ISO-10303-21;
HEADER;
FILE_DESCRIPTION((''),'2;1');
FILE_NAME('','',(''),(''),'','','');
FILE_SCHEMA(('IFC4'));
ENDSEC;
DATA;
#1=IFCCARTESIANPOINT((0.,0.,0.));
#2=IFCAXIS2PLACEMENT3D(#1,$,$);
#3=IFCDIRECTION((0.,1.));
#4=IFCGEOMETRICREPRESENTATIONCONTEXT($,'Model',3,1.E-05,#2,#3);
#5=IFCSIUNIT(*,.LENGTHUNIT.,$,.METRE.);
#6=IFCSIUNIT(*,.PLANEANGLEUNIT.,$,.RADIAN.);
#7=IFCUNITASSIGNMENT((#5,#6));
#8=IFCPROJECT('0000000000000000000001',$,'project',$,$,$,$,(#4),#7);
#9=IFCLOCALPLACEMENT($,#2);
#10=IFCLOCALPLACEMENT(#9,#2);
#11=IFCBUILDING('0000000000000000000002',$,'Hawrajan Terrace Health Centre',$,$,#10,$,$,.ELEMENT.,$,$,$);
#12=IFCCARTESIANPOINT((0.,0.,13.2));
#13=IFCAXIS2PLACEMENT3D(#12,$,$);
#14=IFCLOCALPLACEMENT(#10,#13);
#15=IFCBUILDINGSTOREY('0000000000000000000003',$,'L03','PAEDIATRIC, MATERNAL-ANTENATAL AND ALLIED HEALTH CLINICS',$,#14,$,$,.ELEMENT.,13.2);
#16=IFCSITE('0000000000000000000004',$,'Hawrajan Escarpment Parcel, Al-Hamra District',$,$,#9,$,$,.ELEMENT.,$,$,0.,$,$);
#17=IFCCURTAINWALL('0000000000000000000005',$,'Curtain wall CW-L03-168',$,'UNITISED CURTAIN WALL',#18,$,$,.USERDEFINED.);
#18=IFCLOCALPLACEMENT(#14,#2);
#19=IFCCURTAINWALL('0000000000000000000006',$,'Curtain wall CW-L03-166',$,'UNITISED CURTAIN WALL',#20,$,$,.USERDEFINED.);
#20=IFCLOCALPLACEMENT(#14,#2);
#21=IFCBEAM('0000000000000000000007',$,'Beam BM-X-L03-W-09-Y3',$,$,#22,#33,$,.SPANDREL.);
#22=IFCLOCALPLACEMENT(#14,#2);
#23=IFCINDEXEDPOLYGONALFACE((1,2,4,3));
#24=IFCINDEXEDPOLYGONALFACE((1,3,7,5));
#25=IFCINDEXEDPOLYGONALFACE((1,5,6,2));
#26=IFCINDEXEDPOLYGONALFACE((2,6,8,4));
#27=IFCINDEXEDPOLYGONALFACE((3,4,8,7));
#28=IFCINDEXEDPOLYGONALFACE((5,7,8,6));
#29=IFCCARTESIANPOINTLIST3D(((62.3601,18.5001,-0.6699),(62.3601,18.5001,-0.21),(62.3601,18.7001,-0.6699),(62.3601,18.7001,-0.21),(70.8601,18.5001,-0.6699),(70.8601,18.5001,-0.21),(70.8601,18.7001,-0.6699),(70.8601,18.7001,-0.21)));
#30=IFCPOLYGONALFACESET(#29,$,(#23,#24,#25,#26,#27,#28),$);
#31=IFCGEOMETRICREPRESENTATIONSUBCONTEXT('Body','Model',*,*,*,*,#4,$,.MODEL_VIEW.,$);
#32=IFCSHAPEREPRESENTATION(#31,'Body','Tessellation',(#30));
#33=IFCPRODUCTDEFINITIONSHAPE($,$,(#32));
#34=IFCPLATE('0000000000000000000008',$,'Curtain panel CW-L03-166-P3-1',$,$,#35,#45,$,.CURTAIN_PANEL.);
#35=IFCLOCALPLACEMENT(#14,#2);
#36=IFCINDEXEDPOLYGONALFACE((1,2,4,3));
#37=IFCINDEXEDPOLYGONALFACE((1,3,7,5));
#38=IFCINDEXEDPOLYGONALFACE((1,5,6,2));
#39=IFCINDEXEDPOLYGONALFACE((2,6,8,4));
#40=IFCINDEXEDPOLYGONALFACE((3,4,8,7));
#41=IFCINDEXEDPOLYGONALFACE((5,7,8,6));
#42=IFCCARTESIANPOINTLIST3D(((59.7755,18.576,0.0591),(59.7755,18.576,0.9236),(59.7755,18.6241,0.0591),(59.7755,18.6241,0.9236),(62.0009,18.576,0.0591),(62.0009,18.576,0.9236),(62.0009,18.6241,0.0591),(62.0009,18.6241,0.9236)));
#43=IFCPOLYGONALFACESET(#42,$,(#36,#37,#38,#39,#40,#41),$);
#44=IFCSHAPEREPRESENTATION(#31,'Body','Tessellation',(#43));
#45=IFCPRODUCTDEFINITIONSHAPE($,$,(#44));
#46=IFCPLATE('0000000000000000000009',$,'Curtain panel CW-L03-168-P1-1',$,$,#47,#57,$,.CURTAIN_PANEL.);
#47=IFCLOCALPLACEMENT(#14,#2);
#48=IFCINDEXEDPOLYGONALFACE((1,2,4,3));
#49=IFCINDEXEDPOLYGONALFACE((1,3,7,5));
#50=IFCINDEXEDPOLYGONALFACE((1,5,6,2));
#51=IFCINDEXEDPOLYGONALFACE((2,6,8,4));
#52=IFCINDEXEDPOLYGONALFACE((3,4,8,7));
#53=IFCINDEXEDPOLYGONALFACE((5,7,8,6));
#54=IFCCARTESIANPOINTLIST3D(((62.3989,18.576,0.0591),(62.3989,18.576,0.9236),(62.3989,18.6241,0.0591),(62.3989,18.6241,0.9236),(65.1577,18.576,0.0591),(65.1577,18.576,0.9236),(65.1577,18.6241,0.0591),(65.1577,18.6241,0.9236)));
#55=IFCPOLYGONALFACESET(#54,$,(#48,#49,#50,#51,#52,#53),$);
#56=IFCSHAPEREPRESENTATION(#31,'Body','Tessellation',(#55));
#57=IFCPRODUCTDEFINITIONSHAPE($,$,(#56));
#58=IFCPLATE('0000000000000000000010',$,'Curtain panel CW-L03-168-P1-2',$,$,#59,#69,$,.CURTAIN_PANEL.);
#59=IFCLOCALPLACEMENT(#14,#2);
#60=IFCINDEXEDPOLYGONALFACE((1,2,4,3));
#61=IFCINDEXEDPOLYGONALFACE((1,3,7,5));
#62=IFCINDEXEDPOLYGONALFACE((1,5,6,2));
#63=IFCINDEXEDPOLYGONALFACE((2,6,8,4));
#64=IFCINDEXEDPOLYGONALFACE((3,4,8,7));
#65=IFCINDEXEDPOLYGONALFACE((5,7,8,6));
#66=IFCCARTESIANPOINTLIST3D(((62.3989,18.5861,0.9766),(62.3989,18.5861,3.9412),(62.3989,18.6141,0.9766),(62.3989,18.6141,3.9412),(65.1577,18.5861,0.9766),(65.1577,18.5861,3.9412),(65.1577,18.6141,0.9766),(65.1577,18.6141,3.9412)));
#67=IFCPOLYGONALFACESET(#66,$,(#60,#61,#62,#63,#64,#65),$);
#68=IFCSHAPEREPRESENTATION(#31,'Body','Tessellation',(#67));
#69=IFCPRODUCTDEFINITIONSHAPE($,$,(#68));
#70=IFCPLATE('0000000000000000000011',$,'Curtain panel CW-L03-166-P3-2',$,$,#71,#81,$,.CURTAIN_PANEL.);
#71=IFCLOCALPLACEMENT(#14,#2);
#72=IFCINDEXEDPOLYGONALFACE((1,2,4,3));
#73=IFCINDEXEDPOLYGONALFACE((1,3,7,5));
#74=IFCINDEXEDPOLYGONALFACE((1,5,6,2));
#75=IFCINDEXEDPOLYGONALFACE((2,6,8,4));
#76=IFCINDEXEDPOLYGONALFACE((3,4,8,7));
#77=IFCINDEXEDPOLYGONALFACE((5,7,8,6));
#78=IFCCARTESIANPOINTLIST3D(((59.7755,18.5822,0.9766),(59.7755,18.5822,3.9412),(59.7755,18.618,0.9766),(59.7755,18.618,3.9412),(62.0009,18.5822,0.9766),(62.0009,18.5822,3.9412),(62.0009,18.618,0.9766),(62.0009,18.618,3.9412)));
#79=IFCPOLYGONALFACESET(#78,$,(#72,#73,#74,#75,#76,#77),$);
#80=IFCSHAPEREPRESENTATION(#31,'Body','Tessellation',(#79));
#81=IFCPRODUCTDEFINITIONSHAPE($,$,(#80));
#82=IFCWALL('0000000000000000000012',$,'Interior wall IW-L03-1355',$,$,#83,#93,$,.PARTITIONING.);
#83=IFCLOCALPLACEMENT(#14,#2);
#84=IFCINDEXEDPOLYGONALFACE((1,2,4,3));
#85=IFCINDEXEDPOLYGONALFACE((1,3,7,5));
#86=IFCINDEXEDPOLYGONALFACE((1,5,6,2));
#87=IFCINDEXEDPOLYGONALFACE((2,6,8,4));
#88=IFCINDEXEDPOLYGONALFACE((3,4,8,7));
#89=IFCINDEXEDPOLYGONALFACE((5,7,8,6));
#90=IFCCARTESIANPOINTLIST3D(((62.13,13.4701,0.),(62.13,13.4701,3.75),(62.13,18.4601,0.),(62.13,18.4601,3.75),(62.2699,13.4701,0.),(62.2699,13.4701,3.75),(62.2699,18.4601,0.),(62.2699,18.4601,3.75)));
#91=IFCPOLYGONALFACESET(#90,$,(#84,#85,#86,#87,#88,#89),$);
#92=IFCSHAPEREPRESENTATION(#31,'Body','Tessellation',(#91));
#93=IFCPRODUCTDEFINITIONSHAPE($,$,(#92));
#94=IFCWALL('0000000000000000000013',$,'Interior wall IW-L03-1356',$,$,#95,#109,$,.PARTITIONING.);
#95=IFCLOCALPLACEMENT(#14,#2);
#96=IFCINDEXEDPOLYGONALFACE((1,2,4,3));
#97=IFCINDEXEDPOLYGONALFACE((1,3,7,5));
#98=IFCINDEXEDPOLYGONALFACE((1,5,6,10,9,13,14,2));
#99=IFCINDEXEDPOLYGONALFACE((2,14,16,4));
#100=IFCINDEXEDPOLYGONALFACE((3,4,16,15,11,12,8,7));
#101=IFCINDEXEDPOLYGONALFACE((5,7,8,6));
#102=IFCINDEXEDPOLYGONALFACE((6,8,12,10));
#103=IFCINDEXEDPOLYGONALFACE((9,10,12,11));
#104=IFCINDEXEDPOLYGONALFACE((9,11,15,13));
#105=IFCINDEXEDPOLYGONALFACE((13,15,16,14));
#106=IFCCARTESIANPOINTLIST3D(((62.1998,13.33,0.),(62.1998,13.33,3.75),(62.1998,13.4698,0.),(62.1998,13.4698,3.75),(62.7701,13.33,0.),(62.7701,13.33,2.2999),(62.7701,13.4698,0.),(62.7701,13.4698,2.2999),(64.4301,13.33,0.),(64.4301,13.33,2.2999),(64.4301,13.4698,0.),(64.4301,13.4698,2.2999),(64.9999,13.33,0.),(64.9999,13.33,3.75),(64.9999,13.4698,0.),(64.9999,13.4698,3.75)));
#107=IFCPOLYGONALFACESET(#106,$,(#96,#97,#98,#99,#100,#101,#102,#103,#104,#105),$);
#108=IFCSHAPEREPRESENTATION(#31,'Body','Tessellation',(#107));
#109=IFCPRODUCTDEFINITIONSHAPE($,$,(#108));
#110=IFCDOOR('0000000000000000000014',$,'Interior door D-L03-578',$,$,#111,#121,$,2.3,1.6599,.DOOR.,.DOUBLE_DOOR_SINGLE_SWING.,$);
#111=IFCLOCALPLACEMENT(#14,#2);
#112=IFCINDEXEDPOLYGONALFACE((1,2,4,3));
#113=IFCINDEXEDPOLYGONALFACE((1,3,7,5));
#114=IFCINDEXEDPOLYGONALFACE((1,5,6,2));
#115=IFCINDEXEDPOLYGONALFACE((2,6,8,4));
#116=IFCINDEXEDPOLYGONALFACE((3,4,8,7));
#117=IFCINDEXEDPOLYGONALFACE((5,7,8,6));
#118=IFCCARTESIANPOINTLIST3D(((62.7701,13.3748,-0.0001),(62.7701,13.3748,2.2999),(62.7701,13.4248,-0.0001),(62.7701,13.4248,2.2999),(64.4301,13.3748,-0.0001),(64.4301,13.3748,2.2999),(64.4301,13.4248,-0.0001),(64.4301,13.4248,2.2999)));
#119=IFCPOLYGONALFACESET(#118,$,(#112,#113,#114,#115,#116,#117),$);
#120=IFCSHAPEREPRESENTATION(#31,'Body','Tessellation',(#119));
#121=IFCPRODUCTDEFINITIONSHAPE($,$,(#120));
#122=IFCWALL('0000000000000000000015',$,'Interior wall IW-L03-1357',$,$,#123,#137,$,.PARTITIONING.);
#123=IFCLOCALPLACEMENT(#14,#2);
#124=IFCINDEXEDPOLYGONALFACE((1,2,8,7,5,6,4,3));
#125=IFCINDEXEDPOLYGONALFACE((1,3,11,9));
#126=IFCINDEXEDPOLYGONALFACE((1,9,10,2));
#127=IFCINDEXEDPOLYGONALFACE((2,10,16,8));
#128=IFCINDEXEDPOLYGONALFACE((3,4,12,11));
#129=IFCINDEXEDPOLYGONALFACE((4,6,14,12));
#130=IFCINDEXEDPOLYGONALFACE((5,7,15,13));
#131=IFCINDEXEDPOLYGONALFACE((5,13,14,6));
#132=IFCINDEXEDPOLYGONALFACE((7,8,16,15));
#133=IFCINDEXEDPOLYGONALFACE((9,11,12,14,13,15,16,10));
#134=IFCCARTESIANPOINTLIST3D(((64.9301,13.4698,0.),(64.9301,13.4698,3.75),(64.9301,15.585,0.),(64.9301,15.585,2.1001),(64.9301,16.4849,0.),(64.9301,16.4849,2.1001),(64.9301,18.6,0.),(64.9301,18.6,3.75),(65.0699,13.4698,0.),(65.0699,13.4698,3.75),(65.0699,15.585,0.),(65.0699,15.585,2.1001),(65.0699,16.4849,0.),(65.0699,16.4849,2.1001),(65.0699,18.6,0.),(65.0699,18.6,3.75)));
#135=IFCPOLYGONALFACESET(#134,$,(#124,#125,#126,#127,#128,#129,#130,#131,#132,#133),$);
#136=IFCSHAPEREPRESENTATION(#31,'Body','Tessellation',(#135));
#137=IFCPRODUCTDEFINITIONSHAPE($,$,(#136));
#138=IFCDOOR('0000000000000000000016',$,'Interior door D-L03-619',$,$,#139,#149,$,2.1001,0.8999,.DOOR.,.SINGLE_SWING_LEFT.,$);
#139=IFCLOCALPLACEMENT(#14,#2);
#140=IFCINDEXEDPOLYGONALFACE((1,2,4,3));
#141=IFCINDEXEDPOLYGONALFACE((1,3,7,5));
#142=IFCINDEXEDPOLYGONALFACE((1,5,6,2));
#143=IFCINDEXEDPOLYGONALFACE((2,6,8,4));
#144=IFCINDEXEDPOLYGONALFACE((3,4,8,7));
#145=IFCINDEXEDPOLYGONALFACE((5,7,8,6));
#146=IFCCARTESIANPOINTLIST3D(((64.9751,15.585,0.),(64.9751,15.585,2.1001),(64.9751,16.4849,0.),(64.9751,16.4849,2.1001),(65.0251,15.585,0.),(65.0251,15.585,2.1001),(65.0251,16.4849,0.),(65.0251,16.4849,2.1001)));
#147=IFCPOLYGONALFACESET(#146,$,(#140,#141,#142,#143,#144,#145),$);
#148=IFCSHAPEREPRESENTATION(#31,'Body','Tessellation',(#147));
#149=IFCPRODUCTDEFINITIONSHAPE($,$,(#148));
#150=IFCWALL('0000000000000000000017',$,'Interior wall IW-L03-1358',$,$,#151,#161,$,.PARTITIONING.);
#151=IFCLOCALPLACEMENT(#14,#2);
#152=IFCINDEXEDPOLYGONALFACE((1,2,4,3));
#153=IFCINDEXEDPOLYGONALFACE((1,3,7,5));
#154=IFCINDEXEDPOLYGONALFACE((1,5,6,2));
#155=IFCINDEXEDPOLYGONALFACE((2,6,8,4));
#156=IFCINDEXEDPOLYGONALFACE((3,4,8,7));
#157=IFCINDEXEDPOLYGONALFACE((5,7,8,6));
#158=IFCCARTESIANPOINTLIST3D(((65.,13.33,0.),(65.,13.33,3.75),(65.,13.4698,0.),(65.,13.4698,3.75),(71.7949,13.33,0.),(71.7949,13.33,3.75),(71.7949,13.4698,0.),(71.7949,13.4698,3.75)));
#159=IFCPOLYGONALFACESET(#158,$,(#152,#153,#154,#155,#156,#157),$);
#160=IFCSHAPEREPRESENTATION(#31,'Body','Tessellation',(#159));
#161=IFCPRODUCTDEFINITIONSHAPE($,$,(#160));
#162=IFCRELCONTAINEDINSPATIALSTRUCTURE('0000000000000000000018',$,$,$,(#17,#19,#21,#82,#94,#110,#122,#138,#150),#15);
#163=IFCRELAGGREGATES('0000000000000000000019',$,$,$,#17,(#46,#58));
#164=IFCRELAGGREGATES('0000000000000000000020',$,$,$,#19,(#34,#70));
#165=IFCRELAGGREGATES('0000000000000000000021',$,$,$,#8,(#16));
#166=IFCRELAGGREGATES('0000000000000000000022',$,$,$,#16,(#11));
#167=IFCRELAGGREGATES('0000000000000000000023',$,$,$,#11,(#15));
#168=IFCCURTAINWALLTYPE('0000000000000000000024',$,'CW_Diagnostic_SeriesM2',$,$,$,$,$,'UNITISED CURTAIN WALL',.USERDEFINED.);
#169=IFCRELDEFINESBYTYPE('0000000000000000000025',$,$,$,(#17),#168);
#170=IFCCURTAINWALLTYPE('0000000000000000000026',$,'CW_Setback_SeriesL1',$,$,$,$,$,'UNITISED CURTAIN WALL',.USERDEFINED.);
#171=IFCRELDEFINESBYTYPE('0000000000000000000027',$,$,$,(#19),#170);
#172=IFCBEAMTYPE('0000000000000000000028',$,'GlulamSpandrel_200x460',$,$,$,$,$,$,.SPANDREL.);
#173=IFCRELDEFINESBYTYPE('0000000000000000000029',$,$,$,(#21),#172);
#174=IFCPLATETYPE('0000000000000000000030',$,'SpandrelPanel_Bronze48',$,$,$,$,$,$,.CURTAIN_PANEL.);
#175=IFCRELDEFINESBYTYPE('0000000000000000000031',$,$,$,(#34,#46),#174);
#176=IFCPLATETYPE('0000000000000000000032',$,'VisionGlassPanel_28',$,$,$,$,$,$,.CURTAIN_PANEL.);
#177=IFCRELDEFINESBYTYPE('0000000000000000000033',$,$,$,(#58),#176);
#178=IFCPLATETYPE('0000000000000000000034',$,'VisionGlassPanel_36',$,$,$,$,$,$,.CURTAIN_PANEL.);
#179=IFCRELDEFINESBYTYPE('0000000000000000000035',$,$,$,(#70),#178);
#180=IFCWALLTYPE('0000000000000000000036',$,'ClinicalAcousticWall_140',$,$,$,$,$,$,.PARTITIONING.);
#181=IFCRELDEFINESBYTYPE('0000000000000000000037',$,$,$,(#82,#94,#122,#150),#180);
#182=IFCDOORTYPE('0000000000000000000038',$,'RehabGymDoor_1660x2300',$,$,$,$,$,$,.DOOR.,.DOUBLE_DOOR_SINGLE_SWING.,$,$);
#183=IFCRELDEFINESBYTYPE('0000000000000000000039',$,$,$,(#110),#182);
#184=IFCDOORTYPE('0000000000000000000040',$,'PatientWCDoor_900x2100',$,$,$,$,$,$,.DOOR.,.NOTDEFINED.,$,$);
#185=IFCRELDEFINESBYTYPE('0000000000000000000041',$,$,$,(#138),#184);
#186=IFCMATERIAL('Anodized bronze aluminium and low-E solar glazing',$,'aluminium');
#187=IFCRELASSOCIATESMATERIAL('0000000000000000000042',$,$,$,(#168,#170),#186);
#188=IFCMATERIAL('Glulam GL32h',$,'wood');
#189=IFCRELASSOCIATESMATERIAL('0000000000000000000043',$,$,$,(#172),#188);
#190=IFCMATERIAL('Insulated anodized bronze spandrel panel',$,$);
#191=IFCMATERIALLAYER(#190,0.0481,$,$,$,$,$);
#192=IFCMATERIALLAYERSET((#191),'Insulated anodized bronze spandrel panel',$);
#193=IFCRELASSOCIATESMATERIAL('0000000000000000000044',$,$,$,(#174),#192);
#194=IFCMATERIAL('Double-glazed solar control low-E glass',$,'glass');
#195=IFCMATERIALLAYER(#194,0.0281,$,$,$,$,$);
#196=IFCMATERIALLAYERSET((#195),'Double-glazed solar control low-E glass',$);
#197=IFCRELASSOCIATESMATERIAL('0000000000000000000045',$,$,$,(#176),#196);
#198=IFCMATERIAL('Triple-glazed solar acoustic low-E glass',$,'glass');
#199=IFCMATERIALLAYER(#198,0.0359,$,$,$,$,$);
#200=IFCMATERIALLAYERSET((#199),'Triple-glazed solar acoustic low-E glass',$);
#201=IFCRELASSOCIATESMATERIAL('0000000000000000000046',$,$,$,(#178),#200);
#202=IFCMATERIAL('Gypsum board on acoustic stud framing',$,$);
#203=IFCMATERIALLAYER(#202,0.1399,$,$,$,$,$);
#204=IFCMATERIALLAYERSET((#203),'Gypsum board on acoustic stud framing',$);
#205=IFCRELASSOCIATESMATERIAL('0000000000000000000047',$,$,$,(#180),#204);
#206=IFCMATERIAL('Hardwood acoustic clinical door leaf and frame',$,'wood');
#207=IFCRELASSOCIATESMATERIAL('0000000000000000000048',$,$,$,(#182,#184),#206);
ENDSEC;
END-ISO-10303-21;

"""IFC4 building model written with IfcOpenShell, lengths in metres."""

from ifc_helpers import new_model, si_unit, direction, frame, frame_2d, origin, origin_2d, place, context, subcontext, project, spatial, rectangle, extrude, material, layer, layer_set, material_profile, profile_set, type_object, element, fill, aggregate, save


model = new_model("IFC4")

# Units and contexts
model_context = context("Model", 3, precision=1e-05, world=origin(), true_north=direction((0.0, 1.0)))
body_context = subcontext(model_context, "Body", "Model", "MODEL_VIEW")
ifc_project = project(units=[si_unit("LENGTHUNIT", "METRE"), si_unit("PLANEANGLEUNIT", "RADIAN")], contexts=[model_context])

# Site, building, storey
site_placement = place(None, origin())
site = spatial("IfcSite", under=ifc_project, at=site_placement, Name="Hawrajan Escarpment Parcel, Al-Hamra District", CompositionType="ELEMENT", RefElevation=0.0)
building_placement = place(site_placement, origin())
building = spatial("IfcBuilding", under=site, at=building_placement, Name="Hawrajan Terrace Health Centre", CompositionType="ELEMENT")
storey_placement = place(building_placement, frame((0.0, 0.0, 13.2)))
storey = spatial("IfcBuildingStorey", under=building, at=storey_placement, Name="L03", Description="PAEDIATRIC, MATERNAL-ANTENATAL AND ALLIED HEALTH CLINICS", CompositionType="ELEMENT", Elevation=13.2)

# Shared definitions
ifc_material_1 = material(Name="Glulam GL32h", Category="wood")

# Curtain wall
ifc_material_2 = material(Name="Anodized bronze aluminium and low-E solar glazing", Category="aluminium")
curtain_wall_type_1 = type_object("IfcCurtainWallType", Name="CW_Diagnostic_SeriesM2", ElementType="UNITISED CURTAIN WALL", PredefinedType="USERDEFINED", material=ifc_material_2)
curtain_wall_1_placement = place(storey_placement, origin())
curtain_wall_1 = element("IfcCurtainWall", 1, at=curtain_wall_1_placement, inside=storey, type_object=curtain_wall_type_1, Name="Curtain wall CW-L03-168", ObjectType="UNITISED CURTAIN WALL", PredefinedType="USERDEFINED")

# Curtain wall
curtain_wall_type_2 = type_object("IfcCurtainWallType", Name="CW_Setback_SeriesL1", ElementType="UNITISED CURTAIN WALL", PredefinedType="USERDEFINED", material=ifc_material_2)
curtain_wall_2_placement = place(storey_placement, origin())
curtain_wall_2 = element("IfcCurtainWall", 2, at=curtain_wall_2_placement, inside=storey, type_object=curtain_wall_type_2, Name="Curtain wall CW-L03-166", ObjectType="UNITISED CURTAIN WALL", PredefinedType="USERDEFINED")

# Beam
ifc_material_profile_1 = material_profile(ifc_material_1, rectangle(XDim=0.2, YDim=0.46, at=origin_2d()), Name="GL SP 200x460")
ifc_profile_set_1 = profile_set([ifc_material_profile_1], Name="Glulam GL32h")
beam_type_1 = type_object("IfcBeamType", Name="GlulamSpandrel_200x460", PredefinedType="SPANDREL", material=ifc_profile_set_1)
beam_1_placement = place(storey_placement, frame((62.3601, 18.6001, -0.4399), z_axis=(1.0, 0.0, 0.0), x_axis=(0.0, 1.0, 0.0)))
element("IfcBeam", 3, at=beam_1_placement, inside=storey, type_object=beam_type_1, Name="Beam BM-X-L03-W-09-Y3", PredefinedType="SPANDREL", context=body_context, shape_type="SweptSolid", body=[
    extrude(rectangle(XDim=0.2, YDim=0.46, at=origin_2d()), origin(), (0.0, 0.0, 1.0), 8.5),
])

# Plates
ifc_material_3 = material(Name="Insulated anodized bronze spandrel panel")
ifc_layer_1 = layer(ifc_material_3, 0.0481)
ifc_layer_set_1 = layer_set([ifc_layer_1], Name="Insulated anodized bronze spandrel panel")
plate_type_1 = type_object("IfcPlateType", Name="SpandrelPanel_Bronze48", PredefinedType="CURTAIN_PANEL", material=ifc_layer_set_1)
plate_1_placement = place(storey_placement, frame((60.8882, 18.6001, 0.0591), z_axis=(0.0, 0.0, 1.0), x_axis=(1.0, 0.0, 0.0)))
plate_1 = element("IfcPlate", 4, at=plate_1_placement, type_object=plate_type_1, Name="Curtain panel CW-L03-166-P3-1", PredefinedType="CURTAIN_PANEL", context=body_context, shape_type="SweptSolid", body=[
    extrude(rectangle(XDim=2.2253, YDim=0.0481, at=origin_2d()), origin(), (0.0, 0.0, 1.0), 0.8645),
])
plate_2_placement = place(storey_placement, frame((63.7783, 18.6001, 0.0591), z_axis=(0.0, 0.0, 1.0), x_axis=(1.0, 0.0, 0.0)))
plate_2 = element("IfcPlate", 5, at=plate_2_placement, type_object=plate_type_1, Name="Curtain panel CW-L03-168-P1-1", PredefinedType="CURTAIN_PANEL", context=body_context, shape_type="SweptSolid", body=[
    extrude(rectangle(XDim=2.7588, YDim=0.0481, at=origin_2d()), origin(), (0.0, 0.0, 1.0), 0.8645),
])
ifc_material_4 = material(Name="Double-glazed solar control low-E glass", Category="glass")
ifc_layer_2 = layer(ifc_material_4, 0.0281)
ifc_layer_set_2 = layer_set([ifc_layer_2], Name="Double-glazed solar control low-E glass")
plate_type_2 = type_object("IfcPlateType", Name="VisionGlassPanel_28", PredefinedType="CURTAIN_PANEL", material=ifc_layer_set_2)
plate_3_placement = place(storey_placement, frame((63.7783, 18.6001, 0.9766), z_axis=(0.0, 0.0, 1.0), x_axis=(1.0, 0.0, 0.0)))
plate_3 = element("IfcPlate", 6, at=plate_3_placement, type_object=plate_type_2, Name="Curtain panel CW-L03-168-P1-2", PredefinedType="CURTAIN_PANEL", context=body_context, shape_type="SweptSolid", body=[
    extrude(rectangle(XDim=2.7588, YDim=0.0281, at=origin_2d()), origin(), (0.0, 0.0, 1.0), 2.9646),
])
aggregate(curtain_wall_1, [plate_2, plate_3])
ifc_material_5 = material(Name="Triple-glazed solar acoustic low-E glass", Category="glass")
ifc_layer_3 = layer(ifc_material_5, 0.0359)
ifc_layer_set_3 = layer_set([ifc_layer_3], Name="Triple-glazed solar acoustic low-E glass")
plate_type_3 = type_object("IfcPlateType", Name="VisionGlassPanel_36", PredefinedType="CURTAIN_PANEL", material=ifc_layer_set_3)
plate_4_placement = place(storey_placement, frame((60.8882, 18.6001, 0.9766), z_axis=(0.0, 0.0, 1.0), x_axis=(1.0, 0.0, 0.0)))
plate_4 = element("IfcPlate", 7, at=plate_4_placement, type_object=plate_type_3, Name="Curtain panel CW-L03-166-P3-2", PredefinedType="CURTAIN_PANEL", context=body_context, shape_type="SweptSolid", body=[
    extrude(rectangle(XDim=2.2253, YDim=0.0359, at=origin_2d()), origin(), (0.0, 0.0, 1.0), 2.9646),
])
aggregate(curtain_wall_2, [plate_1, plate_4])

# Wall
ifc_material_6 = material(Name="Gypsum board on acoustic stud framing")
ifc_layer_4 = layer(ifc_material_6, 0.1399)
ifc_layer_set_4 = layer_set([ifc_layer_4], Name="Gypsum board on acoustic stud framing")
wall_type = type_object("IfcWallType", Name="ClinicalAcousticWall_140", PredefinedType="PARTITIONING", material=ifc_layer_set_4)
wall_1_placement = place(storey_placement, frame((62.2, 13.47, 0.0), z_axis=(0.0, 0.0, 1.0), x_axis=(0.0, 1.0, 0.0)))
element("IfcWall", 8, at=wall_1_placement, inside=storey, type_object=wall_type, Name="Interior wall IW-L03-1355", PredefinedType="PARTITIONING", context=body_context, shape_type="SweptSolid", body=[
    extrude(rectangle(XDim=4.99, YDim=0.1399, at=frame_2d((2.4951, 0.0))), origin(), (0.0, 0.0, 1.0), 3.75),
])

# Walls, openings, doors
wall_2_placement = place(storey_placement, frame((62.2, 13.3999, 0.0), z_axis=(0.0, 0.0, 1.0), x_axis=(1.0, 0.0, 0.0)))
wall_2 = element("IfcWall", 9, at=wall_2_placement, inside=storey, type_object=wall_type, Name="Interior wall IW-L03-1356", PredefinedType="PARTITIONING", context=body_context, shape_type="SweptSolid", body=[
    extrude(rectangle(XDim=2.8, YDim=0.1399, at=frame_2d((1.3999, 0.0))), origin(), (0.0, 0.0, 1.0), 3.75),
])
opening_1_placement = place(wall_2_placement, frame((0.5701, 0.0, 0.0)))
opening_1 = element("IfcOpeningElement", 10, at=opening_1_placement, cuts=wall_2, PredefinedType="OPENING", context=body_context, shape_type="SweptSolid", body=[
    extrude(rectangle(XDim=1.6599, YDim=2.3, at=frame_2d((0.8301, 1.1499))), frame((0.0, 0.0798, 0.0), z_axis=(0.0, -1.0, 0.0), x_axis=(1.0, 0.0, 0.0)), (0.0, 0.0, 1.0), 0.1599),
])
ifc_material_7 = material(Name="Hardwood acoustic clinical door leaf and frame", Category="wood")
door_type_1 = type_object("IfcDoorType", Name="RehabGymDoor_1660x2300", OperationType="DOUBLE_DOOR_SINGLE_SWING", PredefinedType="DOOR", material=ifc_material_7)
door_1_placement = place(opening_1_placement, origin())
door_1 = element("IfcDoor", 11, at=door_1_placement, inside=storey, type_object=door_type_1, Name="Interior door D-L03-578", OperationType="DOUBLE_DOOR_SINGLE_SWING", OverallHeight=2.3, OverallWidth=1.6599, PredefinedType="DOOR", context=body_context, shape_type="SweptSolid", body=[
    extrude(rectangle(XDim=1.6599, YDim=2.3, at=frame_2d((0.8301, 1.1499))), frame((0.0, 0.0249, 0.0), z_axis=(0.0, -1.0, 0.0), x_axis=(1.0, 0.0, 0.0)), (0.0, 0.0, 1.0), 0.05),
])
fill(opening_1, door_1)
wall_3_placement = place(storey_placement, frame((65.0, 13.47, 0.0), z_axis=(0.0, 0.0, 1.0), x_axis=(0.0, 1.0, 0.0)))
wall_3 = element("IfcWall", 12, at=wall_3_placement, inside=storey, type_object=wall_type, Name="Interior wall IW-L03-1357", PredefinedType="PARTITIONING", context=body_context, shape_type="SweptSolid", body=[
    extrude(rectangle(XDim=5.1301, YDim=0.1399, at=frame_2d((2.5649, 0.0))), origin(), (0.0, 0.0, 1.0), 3.75),
])
opening_2_placement = place(wall_3_placement, frame((2.115, 0.0, 0.0)))
opening_2 = element("IfcOpeningElement", 13, at=opening_2_placement, cuts=wall_3, PredefinedType="OPENING", context=body_context, shape_type="SweptSolid", body=[
    extrude(rectangle(XDim=0.8999, YDim=2.1001, at=frame_2d((0.45, 1.05))), frame((0.0, 0.0798, 0.0), z_axis=(0.0, -1.0, 0.0), x_axis=(1.0, 0.0, 0.0)), (0.0, 0.0, 1.0), 0.1599),
])
door_type_2 = type_object("IfcDoorType", Name="PatientWCDoor_900x2100", OperationType="NOTDEFINED", PredefinedType="DOOR", material=ifc_material_7)
door_2_placement = place(opening_2_placement, origin())
door_2 = element("IfcDoor", 14, at=door_2_placement, inside=storey, type_object=door_type_2, Name="Interior door D-L03-619", OperationType="SINGLE_SWING_LEFT", OverallHeight=2.1001, OverallWidth=0.8999, PredefinedType="DOOR", context=body_context, shape_type="SweptSolid", body=[
    extrude(rectangle(XDim=0.8999, YDim=2.1001, at=frame_2d((0.45, 1.05))), frame((0.0, 0.0249, 0.0), z_axis=(0.0, -1.0, 0.0), x_axis=(1.0, 0.0, 0.0)), (0.0, 0.0, 1.0), 0.05),
])
fill(opening_2, door_2)

# Wall
wall_4_placement = place(storey_placement, frame((65.0, 13.3999, 0.0), z_axis=(0.0, 0.0, 1.0), x_axis=(1.0, 0.0, 0.0)))
element("IfcWall", 15, at=wall_4_placement, inside=storey, type_object=wall_type, Name="Interior wall IW-L03-1358", PredefinedType="PARTITIONING", context=body_context, shape_type="SweptSolid", body=[
    extrude(rectangle(XDim=6.7949, YDim=0.1399, at=frame_2d((3.3975, 0.0))), origin(), (0.0, 0.0, 1.0), 3.75),
])

save(model, "model.ifc")
